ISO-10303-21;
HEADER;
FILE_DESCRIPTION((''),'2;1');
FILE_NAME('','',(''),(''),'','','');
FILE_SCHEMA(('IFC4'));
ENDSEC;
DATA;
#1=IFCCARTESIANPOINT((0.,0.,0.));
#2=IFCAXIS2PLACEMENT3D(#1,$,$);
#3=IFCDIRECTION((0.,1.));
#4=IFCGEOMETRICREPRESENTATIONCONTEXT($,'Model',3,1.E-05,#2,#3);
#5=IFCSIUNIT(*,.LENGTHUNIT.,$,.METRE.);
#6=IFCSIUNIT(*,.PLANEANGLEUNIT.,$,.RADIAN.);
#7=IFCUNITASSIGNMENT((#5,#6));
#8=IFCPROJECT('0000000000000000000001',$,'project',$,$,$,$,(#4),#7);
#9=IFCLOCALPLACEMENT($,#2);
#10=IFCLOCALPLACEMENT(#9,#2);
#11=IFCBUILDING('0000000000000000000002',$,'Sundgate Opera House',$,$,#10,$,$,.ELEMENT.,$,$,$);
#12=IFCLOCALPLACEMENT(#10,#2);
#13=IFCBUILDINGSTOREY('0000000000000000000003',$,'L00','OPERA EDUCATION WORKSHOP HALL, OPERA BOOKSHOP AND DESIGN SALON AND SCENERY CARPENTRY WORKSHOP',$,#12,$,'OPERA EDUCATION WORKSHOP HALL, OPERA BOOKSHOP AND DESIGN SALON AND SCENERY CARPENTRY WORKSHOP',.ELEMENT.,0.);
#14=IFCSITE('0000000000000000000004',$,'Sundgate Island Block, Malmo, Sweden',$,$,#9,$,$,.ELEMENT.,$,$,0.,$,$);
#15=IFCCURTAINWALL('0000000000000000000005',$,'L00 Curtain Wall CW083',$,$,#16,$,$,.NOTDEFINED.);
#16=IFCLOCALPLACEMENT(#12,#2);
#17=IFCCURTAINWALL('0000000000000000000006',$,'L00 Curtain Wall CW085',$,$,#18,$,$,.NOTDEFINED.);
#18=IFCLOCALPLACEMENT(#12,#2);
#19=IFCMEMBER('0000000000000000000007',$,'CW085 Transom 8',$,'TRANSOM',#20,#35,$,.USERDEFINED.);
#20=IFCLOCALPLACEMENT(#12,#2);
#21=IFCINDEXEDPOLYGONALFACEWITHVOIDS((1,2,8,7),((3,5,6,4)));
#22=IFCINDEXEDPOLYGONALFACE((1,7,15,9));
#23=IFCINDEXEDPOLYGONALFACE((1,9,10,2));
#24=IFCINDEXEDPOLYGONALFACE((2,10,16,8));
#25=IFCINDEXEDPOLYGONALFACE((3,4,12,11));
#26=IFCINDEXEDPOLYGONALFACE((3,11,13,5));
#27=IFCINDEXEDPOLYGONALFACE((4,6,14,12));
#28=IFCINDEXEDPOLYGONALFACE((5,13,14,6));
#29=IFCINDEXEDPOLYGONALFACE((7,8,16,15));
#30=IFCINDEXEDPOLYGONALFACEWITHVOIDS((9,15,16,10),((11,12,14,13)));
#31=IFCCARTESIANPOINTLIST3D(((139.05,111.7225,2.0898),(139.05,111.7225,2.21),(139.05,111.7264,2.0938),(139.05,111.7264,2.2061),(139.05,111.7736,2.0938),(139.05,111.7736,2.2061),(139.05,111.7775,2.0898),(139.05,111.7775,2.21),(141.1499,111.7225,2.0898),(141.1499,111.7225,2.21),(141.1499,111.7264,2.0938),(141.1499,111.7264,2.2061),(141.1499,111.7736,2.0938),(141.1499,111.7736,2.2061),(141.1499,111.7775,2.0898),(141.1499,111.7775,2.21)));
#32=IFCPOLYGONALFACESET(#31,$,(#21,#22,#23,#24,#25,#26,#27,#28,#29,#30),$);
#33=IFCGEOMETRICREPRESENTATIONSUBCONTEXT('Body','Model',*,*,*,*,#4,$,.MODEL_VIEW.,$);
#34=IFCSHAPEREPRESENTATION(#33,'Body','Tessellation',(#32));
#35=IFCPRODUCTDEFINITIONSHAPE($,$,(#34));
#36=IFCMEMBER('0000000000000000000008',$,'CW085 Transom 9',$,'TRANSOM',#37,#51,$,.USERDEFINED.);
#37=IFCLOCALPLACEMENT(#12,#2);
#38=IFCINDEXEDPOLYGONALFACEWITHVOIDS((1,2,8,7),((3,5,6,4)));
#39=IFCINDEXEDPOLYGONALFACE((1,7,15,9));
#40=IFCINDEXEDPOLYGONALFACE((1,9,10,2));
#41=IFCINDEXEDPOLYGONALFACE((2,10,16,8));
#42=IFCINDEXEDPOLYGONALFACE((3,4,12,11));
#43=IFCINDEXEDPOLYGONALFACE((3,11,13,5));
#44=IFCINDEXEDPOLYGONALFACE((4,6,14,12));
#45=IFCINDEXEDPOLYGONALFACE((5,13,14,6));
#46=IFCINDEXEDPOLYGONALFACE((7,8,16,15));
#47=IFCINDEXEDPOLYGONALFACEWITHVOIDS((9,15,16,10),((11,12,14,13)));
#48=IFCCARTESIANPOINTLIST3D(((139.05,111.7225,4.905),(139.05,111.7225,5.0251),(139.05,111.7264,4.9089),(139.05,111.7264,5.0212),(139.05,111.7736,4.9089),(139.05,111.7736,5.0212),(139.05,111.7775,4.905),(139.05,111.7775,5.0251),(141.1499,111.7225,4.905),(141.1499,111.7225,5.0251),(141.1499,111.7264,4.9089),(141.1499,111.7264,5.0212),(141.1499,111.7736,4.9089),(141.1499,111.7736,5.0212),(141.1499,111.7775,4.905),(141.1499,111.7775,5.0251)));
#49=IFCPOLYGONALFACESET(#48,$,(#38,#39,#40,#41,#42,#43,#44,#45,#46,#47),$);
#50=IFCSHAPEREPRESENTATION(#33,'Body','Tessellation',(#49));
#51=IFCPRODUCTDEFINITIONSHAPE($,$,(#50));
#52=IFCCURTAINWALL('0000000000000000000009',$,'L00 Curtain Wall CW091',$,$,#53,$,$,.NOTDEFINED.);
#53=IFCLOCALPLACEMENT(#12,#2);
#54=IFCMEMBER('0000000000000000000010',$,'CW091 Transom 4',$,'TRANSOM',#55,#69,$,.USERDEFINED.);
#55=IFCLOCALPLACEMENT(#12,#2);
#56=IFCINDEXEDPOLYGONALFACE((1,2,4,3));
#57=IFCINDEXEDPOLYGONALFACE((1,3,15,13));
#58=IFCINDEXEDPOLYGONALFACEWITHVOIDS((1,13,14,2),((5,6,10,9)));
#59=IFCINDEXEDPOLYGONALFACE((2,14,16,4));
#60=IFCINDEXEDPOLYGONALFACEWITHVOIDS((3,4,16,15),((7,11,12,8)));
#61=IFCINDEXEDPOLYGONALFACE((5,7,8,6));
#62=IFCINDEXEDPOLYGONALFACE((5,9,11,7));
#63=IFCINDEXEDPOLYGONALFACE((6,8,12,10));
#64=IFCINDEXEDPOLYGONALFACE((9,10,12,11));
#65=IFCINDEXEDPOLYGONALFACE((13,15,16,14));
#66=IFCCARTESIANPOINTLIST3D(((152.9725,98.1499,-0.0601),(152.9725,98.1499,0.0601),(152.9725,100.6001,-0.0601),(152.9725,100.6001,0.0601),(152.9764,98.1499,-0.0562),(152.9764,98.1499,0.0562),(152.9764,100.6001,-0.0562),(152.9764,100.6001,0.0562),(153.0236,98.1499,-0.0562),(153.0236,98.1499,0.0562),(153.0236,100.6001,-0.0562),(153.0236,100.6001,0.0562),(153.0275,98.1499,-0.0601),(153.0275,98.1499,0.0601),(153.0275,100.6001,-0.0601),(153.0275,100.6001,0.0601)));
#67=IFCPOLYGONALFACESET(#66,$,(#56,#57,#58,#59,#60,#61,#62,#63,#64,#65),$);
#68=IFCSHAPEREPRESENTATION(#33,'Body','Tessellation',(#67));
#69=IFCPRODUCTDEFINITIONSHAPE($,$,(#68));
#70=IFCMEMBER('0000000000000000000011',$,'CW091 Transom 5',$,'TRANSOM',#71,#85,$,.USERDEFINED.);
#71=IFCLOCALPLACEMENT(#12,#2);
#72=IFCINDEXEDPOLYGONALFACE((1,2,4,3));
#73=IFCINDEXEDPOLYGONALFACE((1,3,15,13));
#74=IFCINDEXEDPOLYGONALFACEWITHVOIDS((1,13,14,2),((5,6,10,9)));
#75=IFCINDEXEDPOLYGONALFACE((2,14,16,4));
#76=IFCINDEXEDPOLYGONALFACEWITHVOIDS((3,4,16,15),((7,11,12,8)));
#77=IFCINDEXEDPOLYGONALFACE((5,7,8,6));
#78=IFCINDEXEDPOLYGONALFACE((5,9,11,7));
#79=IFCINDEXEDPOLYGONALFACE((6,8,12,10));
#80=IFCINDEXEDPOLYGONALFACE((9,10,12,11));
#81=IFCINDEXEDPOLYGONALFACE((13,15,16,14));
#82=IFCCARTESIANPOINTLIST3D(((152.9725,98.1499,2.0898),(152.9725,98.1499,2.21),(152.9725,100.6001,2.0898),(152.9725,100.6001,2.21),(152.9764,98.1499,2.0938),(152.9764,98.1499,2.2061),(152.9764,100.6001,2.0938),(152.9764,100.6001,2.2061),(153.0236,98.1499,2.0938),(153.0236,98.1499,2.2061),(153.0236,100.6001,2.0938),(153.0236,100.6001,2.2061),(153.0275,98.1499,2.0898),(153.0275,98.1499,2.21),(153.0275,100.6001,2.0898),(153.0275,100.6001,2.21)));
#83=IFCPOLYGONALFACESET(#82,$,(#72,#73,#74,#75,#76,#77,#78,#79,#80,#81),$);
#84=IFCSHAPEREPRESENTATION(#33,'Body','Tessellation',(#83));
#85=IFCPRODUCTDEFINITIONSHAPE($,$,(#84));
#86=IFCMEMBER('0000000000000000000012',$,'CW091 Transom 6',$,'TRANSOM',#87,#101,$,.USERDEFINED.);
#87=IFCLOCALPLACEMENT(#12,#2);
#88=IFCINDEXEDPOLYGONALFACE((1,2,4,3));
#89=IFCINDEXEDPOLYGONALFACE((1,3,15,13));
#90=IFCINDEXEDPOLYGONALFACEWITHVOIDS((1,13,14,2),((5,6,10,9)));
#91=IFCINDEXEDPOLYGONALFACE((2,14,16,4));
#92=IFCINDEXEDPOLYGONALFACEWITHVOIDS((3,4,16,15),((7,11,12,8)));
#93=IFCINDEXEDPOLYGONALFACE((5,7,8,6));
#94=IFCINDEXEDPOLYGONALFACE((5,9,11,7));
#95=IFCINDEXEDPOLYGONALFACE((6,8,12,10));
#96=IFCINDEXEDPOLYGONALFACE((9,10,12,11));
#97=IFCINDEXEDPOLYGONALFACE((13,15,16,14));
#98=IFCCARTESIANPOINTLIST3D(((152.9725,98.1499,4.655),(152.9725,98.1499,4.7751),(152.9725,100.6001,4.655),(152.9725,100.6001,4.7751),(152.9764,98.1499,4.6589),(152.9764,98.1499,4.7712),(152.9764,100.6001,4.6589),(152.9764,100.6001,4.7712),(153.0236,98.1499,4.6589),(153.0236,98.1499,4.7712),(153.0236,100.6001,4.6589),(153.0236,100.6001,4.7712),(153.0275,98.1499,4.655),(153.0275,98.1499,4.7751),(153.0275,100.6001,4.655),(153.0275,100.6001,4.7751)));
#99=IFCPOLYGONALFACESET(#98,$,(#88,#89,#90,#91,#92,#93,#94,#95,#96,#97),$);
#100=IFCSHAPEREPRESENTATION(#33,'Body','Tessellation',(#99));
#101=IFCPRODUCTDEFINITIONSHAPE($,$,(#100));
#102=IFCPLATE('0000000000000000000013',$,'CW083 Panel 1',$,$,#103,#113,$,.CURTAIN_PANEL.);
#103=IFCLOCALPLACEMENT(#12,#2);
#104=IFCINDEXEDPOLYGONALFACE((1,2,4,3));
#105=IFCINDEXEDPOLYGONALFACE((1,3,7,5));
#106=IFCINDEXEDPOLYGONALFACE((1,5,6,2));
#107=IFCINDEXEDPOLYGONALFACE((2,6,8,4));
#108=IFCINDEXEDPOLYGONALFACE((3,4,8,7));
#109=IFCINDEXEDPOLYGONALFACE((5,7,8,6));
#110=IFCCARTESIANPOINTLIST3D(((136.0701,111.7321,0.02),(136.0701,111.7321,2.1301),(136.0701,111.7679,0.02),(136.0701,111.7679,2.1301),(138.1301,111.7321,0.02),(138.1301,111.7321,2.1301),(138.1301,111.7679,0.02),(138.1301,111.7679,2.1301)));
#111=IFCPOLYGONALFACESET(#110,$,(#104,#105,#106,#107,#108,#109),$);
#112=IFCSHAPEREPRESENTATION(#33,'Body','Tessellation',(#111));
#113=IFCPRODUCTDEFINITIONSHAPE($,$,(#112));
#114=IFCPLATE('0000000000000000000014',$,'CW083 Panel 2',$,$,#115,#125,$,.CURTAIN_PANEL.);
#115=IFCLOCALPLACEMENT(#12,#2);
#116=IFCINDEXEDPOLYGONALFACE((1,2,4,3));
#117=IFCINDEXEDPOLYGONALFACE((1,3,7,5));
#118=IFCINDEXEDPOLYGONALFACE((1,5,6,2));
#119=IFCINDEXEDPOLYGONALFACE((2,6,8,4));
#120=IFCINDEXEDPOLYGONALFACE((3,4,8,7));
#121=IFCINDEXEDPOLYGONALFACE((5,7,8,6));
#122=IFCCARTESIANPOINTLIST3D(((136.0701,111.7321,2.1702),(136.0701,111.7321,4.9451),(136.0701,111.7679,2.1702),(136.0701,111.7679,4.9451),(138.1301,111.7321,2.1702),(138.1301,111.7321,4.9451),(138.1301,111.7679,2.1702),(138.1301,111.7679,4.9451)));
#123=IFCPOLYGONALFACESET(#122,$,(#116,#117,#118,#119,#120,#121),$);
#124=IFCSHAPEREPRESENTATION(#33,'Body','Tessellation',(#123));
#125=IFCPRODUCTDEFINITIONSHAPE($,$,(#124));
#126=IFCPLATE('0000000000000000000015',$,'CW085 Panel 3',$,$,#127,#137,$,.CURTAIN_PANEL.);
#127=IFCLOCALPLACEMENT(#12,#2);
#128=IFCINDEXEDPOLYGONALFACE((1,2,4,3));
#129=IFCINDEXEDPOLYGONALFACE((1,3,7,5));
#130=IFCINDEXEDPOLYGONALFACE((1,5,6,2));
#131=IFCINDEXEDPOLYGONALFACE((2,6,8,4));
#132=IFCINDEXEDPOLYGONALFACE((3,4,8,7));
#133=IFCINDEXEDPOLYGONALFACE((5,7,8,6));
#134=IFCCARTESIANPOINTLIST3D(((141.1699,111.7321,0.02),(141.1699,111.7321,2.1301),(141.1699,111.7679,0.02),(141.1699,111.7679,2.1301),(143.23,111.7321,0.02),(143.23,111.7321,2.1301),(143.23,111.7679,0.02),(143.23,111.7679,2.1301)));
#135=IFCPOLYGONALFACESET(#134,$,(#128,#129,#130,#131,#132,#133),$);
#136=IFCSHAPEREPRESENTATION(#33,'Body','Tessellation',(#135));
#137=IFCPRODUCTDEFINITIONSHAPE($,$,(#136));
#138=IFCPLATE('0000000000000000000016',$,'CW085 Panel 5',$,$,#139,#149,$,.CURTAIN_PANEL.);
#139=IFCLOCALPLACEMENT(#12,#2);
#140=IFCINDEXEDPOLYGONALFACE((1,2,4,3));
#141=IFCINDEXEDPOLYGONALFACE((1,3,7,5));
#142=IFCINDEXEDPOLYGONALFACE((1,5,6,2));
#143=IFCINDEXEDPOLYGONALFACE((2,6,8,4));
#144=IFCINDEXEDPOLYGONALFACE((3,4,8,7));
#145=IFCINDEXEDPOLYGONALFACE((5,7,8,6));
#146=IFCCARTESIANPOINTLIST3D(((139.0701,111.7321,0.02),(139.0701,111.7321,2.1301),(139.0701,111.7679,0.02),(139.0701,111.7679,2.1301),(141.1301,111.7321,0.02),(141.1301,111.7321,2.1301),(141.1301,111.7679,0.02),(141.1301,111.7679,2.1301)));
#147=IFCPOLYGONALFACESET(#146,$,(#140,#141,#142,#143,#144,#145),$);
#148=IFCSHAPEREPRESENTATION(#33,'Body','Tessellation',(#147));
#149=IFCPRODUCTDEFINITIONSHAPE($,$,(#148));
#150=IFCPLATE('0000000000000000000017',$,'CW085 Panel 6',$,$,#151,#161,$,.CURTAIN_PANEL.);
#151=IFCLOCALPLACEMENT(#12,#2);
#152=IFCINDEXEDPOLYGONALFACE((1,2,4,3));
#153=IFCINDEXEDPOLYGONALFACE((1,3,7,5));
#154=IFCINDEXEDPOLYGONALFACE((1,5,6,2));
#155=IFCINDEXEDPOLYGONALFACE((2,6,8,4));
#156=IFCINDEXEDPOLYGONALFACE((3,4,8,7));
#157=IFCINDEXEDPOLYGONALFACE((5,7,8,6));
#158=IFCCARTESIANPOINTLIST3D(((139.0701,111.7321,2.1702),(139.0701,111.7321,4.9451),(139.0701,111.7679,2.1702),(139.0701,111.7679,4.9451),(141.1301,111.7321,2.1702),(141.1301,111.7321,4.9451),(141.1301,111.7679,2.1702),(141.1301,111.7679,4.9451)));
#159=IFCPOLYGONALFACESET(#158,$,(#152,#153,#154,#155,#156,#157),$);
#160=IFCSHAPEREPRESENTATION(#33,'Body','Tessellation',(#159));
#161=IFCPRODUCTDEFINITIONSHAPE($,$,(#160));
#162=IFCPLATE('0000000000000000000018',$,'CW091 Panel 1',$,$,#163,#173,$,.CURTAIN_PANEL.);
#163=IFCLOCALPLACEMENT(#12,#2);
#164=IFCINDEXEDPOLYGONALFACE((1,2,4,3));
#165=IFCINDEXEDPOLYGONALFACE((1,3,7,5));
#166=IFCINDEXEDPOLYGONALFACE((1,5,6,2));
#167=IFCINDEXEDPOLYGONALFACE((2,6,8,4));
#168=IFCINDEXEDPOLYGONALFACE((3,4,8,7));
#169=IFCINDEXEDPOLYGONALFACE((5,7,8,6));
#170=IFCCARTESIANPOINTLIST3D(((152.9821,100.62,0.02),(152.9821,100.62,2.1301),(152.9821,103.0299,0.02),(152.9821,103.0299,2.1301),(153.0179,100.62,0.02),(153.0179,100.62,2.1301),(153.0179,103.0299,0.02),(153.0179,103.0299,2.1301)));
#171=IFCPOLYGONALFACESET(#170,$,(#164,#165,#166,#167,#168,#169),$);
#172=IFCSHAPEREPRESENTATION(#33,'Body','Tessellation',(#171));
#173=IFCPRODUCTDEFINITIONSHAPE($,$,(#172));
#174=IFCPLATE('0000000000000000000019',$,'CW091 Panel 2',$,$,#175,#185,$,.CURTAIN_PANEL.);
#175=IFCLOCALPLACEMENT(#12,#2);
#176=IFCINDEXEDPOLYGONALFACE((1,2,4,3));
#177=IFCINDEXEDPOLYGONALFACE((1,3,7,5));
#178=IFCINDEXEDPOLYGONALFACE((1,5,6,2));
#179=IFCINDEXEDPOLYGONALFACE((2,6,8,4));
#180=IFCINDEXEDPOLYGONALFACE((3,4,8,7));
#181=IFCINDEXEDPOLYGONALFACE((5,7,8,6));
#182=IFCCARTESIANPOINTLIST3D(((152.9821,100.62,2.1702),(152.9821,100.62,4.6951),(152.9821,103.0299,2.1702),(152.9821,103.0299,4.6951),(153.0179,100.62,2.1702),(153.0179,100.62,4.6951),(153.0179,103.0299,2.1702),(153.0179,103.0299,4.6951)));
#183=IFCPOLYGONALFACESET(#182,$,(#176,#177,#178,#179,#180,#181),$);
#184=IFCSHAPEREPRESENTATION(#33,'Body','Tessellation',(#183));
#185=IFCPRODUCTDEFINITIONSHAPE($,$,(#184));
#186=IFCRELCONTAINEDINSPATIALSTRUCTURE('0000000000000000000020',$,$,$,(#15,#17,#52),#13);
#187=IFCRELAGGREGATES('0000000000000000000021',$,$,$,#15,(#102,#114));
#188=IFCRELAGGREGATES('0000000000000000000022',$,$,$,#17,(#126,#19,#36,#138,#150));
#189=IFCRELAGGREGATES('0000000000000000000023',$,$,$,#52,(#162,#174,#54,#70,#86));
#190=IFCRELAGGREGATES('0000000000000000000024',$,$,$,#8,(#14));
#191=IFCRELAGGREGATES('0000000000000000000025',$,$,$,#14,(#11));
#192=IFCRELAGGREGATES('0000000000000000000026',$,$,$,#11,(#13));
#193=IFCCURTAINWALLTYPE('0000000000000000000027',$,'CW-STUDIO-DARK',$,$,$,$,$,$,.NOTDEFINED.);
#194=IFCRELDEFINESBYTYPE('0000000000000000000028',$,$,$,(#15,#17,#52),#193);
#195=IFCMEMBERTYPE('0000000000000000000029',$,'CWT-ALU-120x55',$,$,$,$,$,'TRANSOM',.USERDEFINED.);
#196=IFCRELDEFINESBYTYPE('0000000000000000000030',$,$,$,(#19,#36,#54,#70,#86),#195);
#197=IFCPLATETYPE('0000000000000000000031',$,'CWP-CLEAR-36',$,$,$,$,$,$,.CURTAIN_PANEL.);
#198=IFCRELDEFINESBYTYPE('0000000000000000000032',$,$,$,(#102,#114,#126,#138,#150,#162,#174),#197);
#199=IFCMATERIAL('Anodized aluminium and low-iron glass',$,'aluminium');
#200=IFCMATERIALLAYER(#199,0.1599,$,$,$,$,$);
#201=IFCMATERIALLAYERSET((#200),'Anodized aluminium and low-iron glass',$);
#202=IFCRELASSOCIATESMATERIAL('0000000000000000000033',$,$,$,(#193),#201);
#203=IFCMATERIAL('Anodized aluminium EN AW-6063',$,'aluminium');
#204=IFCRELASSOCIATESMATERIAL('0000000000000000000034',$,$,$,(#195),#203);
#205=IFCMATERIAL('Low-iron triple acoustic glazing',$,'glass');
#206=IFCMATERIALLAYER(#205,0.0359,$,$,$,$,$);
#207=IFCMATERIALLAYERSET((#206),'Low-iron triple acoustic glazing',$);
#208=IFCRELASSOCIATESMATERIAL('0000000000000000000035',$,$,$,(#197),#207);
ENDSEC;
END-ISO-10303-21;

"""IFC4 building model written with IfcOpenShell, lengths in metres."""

from ifc_helpers import new_model, si_unit, direction, frame, origin, origin_2d, place, context, subcontext, project, spatial, rectangle, hollow_rectangle, extrude, material, layer, layer_set, material_profile, profile_set, type_object, element, aggregate, save


model = new_model("IFC4")

# Units and contexts
model_context = context("Model", 3, precision=1e-05, world=origin(), true_north=direction((0.0, 1.0)))
body_context = subcontext(model_context, "Body", "Model", "MODEL_VIEW")
ifc_project = project(units=[si_unit("LENGTHUNIT", "METRE"), si_unit("PLANEANGLEUNIT", "RADIAN")], contexts=[model_context])

# Site, building, storey
site_placement = place(None, origin())
site = spatial("IfcSite", under=ifc_project, at=site_placement, Name="Sundgate Island Block, Malmo, Sweden", CompositionType="ELEMENT", RefElevation=0.0)
building_placement = place(site_placement, origin())
building = spatial("IfcBuilding", under=site, at=building_placement, Name="Sundgate Opera House", CompositionType="ELEMENT")
storey_placement = place(building_placement, origin())
storey = spatial("IfcBuildingStorey", under=building, at=storey_placement, Name="L00", Description="OPERA EDUCATION WORKSHOP HALL, OPERA BOOKSHOP AND DESIGN SALON AND SCENERY CARPENTRY WORKSHOP", LongName="OPERA EDUCATION WORKSHOP HALL, OPERA BOOKSHOP AND DESIGN SALON AND SCENERY CARPENTRY WORKSHOP", CompositionType="ELEMENT", Elevation=0.0)

# Curtain wall
ifc_material_1 = material(Name="Anodized aluminium and low-iron glass", Category="aluminium")
ifc_layer_1 = layer(ifc_material_1, 0.1599)
ifc_layer_set_1 = layer_set([ifc_layer_1], Name="Anodized aluminium and low-iron glass")
curtain_wall_type = type_object("IfcCurtainWallType", Name="CW-STUDIO-DARK", PredefinedType="NOTDEFINED", material=ifc_layer_set_1)
curtain_wall_1_placement = place(storey_placement, origin())
curtain_wall_1 = element("IfcCurtainWall", 1, at=curtain_wall_1_placement, inside=storey, type_object=curtain_wall_type, Name="L00 Curtain Wall CW083", PredefinedType="NOTDEFINED")

# Curtain wall
curtain_wall_2_placement = place(storey_placement, origin())
curtain_wall_2 = element("IfcCurtainWall", 2, at=curtain_wall_2_placement, inside=storey, type_object=curtain_wall_type, Name="L00 Curtain Wall CW085", PredefinedType="NOTDEFINED")

# Members
ifc_material_2 = material(Name="Anodized aluminium EN AW-6063", Category="aluminium")
ifc_material_profile_1 = material_profile(ifc_material_2, hollow_rectangle(XDim=0.0549, YDim=0.1201, WallThickness=0.0039, at=origin_2d()), Name="CWT 120x55x4")
ifc_profile_set_1 = profile_set([ifc_material_profile_1], Name="Anodized aluminium EN AW-6063")
member_type_1 = type_object("IfcMemberType", Name="CWT-ALU-120x55", ElementType="TRANSOM", PredefinedType="USERDEFINED", material=ifc_profile_set_1)
member_1_placement = place(storey_placement, frame((141.1499, 111.75, 2.1499), z_axis=(-1.0, 0.0, 0.0), x_axis=(0.0, -1.0, 0.0)))
member_1 = element("IfcMember", 3, at=member_1_placement, type_object=member_type_1, Name="CW085 Transom 8", ObjectType="TRANSOM", PredefinedType="USERDEFINED", context=body_context, shape_type="SweptSolid", body=[
    extrude(hollow_rectangle(XDim=0.0549, YDim=0.1201, WallThickness=0.0039, at=origin_2d()), origin(), (0.0, 0.0, 1.0), 2.0999),
])
member_2_placement = place(storey_placement, frame((141.1499, 111.75, 4.9651), z_axis=(-1.0, 0.0, 0.0), x_axis=(0.0, -1.0, 0.0)))
member_2 = element("IfcMember", 4, at=member_2_placement, type_object=member_type_1, Name="CW085 Transom 9", ObjectType="TRANSOM", PredefinedType="USERDEFINED", context=body_context, shape_type="SweptSolid", body=[
    extrude(hollow_rectangle(XDim=0.0549, YDim=0.1201, WallThickness=0.0039, at=origin_2d()), origin(), (0.0, 0.0, 1.0), 2.0999),
])

# Curtain wall, members
curtain_wall_3_placement = place(storey_placement, origin())
curtain_wall_3 = element("IfcCurtainWall", 5, at=curtain_wall_3_placement, inside=storey, type_object=curtain_wall_type, Name="L00 Curtain Wall CW091", PredefinedType="NOTDEFINED")
member_3_placement = place(storey_placement, frame((153.0, 100.6001, 0.0), z_axis=(0.0, -1.0, 0.0), x_axis=(1.0, 0.0, 0.0)))
member_3 = element("IfcMember", 6, at=member_3_placement, type_object=member_type_1, Name="CW091 Transom 4", ObjectType="TRANSOM", PredefinedType="USERDEFINED", context=body_context, shape_type="SweptSolid", body=[
    extrude(hollow_rectangle(XDim=0.0549, YDim=0.1201, WallThickness=0.0039, at=origin_2d()), origin(), (0.0, 0.0, 1.0), 2.4502),
])
member_4_placement = place(storey_placement, frame((153.0, 100.6001, 2.1499), z_axis=(0.0, -1.0, 0.0), x_axis=(1.0, 0.0, 0.0)))
member_4 = element("IfcMember", 7, at=member_4_placement, type_object=member_type_1, Name="CW091 Transom 5", ObjectType="TRANSOM", PredefinedType="USERDEFINED", context=body_context, shape_type="SweptSolid", body=[
    extrude(hollow_rectangle(XDim=0.0549, YDim=0.1201, WallThickness=0.0039, at=origin_2d()), origin(), (0.0, 0.0, 1.0), 2.4502),
])
member_5_placement = place(storey_placement, frame((153.0, 100.6001, 4.7151), z_axis=(0.0, -1.0, 0.0), x_axis=(1.0, 0.0, 0.0)))
member_5 = element("IfcMember", 8, at=member_5_placement, type_object=member_type_1, Name="CW091 Transom 6", ObjectType="TRANSOM", PredefinedType="USERDEFINED", context=body_context, shape_type="SweptSolid", body=[
    extrude(hollow_rectangle(XDim=0.0549, YDim=0.1201, WallThickness=0.0039, at=origin_2d()), origin(), (0.0, 0.0, 1.0), 2.4502),
])

# Plates
ifc_material_3 = material(Name="Low-iron triple acoustic glazing", Category="glass")
ifc_layer_2 = layer(ifc_material_3, 0.0359)
ifc_layer_set_2 = layer_set([ifc_layer_2], Name="Low-iron triple acoustic glazing")
plate_type = type_object("IfcPlateType", Name="CWP-CLEAR-36", PredefinedType="CURTAIN_PANEL", material=ifc_layer_set_2)
plate_1_placement = place(storey_placement, frame((137.1001, 111.75, 0.02), z_axis=(0.0, 0.0, 1.0), x_axis=(-1.0, 0.0, 0.0)))
plate_1 = element("IfcPlate", 9, at=plate_1_placement, type_object=plate_type, Name="CW083 Panel 1", PredefinedType="CURTAIN_PANEL", context=body_context, shape_type="SweptSolid", body=[
    extrude(rectangle(XDim=2.0601, YDim=0.0359, at=origin_2d()), origin(), (0.0, 0.0, 1.0), 2.1101),
])
plate_2_placement = place(storey_placement, frame((137.1001, 111.75, 2.1702), z_axis=(0.0, 0.0, 1.0), x_axis=(-1.0, 0.0, 0.0)))
plate_2 = element("IfcPlate", 10, at=plate_2_placement, type_object=plate_type, Name="CW083 Panel 2", PredefinedType="CURTAIN_PANEL", context=body_context, shape_type="SweptSolid", body=[
    extrude(rectangle(XDim=2.0601, YDim=0.0359, at=origin_2d()), origin(), (0.0, 0.0, 1.0), 2.7749),
])
aggregate(curtain_wall_1, [plate_1, plate_2])
plate_3_placement = place(storey_placement, frame((142.2, 111.75, 0.02), z_axis=(0.0, 0.0, 1.0), x_axis=(-1.0, 0.0, 0.0)))
plate_3 = element("IfcPlate", 11, at=plate_3_placement, type_object=plate_type, Name="CW085 Panel 3", PredefinedType="CURTAIN_PANEL", context=body_context, shape_type="SweptSolid", body=[
    extrude(rectangle(XDim=2.0601, YDim=0.0359, at=origin_2d()), origin(), (0.0, 0.0, 1.0), 2.1101),
])
plate_4_placement = place(storey_placement, frame((140.1001, 111.75, 0.02), z_axis=(0.0, 0.0, 1.0), x_axis=(-1.0, 0.0, 0.0)))
plate_4 = element("IfcPlate", 12, at=plate_4_placement, type_object=plate_type, Name="CW085 Panel 5", PredefinedType="CURTAIN_PANEL", context=body_context, shape_type="SweptSolid", body=[
    extrude(rectangle(XDim=2.0601, YDim=0.0359, at=origin_2d()), origin(), (0.0, 0.0, 1.0), 2.1101),
])
plate_5_placement = place(storey_placement, frame((140.1001, 111.75, 2.1702), z_axis=(0.0, 0.0, 1.0), x_axis=(-1.0, 0.0, 0.0)))
plate_5 = element("IfcPlate", 13, at=plate_5_placement, type_object=plate_type, Name="CW085 Panel 6", PredefinedType="CURTAIN_PANEL", context=body_context, shape_type="SweptSolid", body=[
    extrude(rectangle(XDim=2.0601, YDim=0.0359, at=origin_2d()), origin(), (0.0, 0.0, 1.0), 2.7749),
])
aggregate(curtain_wall_2, [plate_3, member_1, member_2, plate_4, plate_5])
plate_6_placement = place(storey_placement, frame((153.0, 101.825, 0.02), z_axis=(0.0, 0.0, 1.0), x_axis=(0.0, -1.0, 0.0)))
plate_6 = element("IfcPlate", 14, at=plate_6_placement, type_object=plate_type, Name="CW091 Panel 1", PredefinedType="CURTAIN_PANEL", context=body_context, shape_type="SweptSolid", body=[
    extrude(rectangle(XDim=2.4099, YDim=0.0359, at=origin_2d()), origin(), (0.0, 0.0, 1.0), 2.1101),
])
plate_7_placement = place(storey_placement, frame((153.0, 101.825, 2.1702), z_axis=(0.0, 0.0, 1.0), x_axis=(0.0, -1.0, 0.0)))
plate_7 = element("IfcPlate", 15, at=plate_7_placement, type_object=plate_type, Name="CW091 Panel 2", PredefinedType="CURTAIN_PANEL", context=body_context, shape_type="SweptSolid", body=[
    extrude(rectangle(XDim=2.4099, YDim=0.0359, at=origin_2d()), origin(), (0.0, 0.0, 1.0), 2.5249),
])
aggregate(curtain_wall_3, [plate_6, plate_7, member_3, member_4, member_5])

save(model, "model.ifc")
